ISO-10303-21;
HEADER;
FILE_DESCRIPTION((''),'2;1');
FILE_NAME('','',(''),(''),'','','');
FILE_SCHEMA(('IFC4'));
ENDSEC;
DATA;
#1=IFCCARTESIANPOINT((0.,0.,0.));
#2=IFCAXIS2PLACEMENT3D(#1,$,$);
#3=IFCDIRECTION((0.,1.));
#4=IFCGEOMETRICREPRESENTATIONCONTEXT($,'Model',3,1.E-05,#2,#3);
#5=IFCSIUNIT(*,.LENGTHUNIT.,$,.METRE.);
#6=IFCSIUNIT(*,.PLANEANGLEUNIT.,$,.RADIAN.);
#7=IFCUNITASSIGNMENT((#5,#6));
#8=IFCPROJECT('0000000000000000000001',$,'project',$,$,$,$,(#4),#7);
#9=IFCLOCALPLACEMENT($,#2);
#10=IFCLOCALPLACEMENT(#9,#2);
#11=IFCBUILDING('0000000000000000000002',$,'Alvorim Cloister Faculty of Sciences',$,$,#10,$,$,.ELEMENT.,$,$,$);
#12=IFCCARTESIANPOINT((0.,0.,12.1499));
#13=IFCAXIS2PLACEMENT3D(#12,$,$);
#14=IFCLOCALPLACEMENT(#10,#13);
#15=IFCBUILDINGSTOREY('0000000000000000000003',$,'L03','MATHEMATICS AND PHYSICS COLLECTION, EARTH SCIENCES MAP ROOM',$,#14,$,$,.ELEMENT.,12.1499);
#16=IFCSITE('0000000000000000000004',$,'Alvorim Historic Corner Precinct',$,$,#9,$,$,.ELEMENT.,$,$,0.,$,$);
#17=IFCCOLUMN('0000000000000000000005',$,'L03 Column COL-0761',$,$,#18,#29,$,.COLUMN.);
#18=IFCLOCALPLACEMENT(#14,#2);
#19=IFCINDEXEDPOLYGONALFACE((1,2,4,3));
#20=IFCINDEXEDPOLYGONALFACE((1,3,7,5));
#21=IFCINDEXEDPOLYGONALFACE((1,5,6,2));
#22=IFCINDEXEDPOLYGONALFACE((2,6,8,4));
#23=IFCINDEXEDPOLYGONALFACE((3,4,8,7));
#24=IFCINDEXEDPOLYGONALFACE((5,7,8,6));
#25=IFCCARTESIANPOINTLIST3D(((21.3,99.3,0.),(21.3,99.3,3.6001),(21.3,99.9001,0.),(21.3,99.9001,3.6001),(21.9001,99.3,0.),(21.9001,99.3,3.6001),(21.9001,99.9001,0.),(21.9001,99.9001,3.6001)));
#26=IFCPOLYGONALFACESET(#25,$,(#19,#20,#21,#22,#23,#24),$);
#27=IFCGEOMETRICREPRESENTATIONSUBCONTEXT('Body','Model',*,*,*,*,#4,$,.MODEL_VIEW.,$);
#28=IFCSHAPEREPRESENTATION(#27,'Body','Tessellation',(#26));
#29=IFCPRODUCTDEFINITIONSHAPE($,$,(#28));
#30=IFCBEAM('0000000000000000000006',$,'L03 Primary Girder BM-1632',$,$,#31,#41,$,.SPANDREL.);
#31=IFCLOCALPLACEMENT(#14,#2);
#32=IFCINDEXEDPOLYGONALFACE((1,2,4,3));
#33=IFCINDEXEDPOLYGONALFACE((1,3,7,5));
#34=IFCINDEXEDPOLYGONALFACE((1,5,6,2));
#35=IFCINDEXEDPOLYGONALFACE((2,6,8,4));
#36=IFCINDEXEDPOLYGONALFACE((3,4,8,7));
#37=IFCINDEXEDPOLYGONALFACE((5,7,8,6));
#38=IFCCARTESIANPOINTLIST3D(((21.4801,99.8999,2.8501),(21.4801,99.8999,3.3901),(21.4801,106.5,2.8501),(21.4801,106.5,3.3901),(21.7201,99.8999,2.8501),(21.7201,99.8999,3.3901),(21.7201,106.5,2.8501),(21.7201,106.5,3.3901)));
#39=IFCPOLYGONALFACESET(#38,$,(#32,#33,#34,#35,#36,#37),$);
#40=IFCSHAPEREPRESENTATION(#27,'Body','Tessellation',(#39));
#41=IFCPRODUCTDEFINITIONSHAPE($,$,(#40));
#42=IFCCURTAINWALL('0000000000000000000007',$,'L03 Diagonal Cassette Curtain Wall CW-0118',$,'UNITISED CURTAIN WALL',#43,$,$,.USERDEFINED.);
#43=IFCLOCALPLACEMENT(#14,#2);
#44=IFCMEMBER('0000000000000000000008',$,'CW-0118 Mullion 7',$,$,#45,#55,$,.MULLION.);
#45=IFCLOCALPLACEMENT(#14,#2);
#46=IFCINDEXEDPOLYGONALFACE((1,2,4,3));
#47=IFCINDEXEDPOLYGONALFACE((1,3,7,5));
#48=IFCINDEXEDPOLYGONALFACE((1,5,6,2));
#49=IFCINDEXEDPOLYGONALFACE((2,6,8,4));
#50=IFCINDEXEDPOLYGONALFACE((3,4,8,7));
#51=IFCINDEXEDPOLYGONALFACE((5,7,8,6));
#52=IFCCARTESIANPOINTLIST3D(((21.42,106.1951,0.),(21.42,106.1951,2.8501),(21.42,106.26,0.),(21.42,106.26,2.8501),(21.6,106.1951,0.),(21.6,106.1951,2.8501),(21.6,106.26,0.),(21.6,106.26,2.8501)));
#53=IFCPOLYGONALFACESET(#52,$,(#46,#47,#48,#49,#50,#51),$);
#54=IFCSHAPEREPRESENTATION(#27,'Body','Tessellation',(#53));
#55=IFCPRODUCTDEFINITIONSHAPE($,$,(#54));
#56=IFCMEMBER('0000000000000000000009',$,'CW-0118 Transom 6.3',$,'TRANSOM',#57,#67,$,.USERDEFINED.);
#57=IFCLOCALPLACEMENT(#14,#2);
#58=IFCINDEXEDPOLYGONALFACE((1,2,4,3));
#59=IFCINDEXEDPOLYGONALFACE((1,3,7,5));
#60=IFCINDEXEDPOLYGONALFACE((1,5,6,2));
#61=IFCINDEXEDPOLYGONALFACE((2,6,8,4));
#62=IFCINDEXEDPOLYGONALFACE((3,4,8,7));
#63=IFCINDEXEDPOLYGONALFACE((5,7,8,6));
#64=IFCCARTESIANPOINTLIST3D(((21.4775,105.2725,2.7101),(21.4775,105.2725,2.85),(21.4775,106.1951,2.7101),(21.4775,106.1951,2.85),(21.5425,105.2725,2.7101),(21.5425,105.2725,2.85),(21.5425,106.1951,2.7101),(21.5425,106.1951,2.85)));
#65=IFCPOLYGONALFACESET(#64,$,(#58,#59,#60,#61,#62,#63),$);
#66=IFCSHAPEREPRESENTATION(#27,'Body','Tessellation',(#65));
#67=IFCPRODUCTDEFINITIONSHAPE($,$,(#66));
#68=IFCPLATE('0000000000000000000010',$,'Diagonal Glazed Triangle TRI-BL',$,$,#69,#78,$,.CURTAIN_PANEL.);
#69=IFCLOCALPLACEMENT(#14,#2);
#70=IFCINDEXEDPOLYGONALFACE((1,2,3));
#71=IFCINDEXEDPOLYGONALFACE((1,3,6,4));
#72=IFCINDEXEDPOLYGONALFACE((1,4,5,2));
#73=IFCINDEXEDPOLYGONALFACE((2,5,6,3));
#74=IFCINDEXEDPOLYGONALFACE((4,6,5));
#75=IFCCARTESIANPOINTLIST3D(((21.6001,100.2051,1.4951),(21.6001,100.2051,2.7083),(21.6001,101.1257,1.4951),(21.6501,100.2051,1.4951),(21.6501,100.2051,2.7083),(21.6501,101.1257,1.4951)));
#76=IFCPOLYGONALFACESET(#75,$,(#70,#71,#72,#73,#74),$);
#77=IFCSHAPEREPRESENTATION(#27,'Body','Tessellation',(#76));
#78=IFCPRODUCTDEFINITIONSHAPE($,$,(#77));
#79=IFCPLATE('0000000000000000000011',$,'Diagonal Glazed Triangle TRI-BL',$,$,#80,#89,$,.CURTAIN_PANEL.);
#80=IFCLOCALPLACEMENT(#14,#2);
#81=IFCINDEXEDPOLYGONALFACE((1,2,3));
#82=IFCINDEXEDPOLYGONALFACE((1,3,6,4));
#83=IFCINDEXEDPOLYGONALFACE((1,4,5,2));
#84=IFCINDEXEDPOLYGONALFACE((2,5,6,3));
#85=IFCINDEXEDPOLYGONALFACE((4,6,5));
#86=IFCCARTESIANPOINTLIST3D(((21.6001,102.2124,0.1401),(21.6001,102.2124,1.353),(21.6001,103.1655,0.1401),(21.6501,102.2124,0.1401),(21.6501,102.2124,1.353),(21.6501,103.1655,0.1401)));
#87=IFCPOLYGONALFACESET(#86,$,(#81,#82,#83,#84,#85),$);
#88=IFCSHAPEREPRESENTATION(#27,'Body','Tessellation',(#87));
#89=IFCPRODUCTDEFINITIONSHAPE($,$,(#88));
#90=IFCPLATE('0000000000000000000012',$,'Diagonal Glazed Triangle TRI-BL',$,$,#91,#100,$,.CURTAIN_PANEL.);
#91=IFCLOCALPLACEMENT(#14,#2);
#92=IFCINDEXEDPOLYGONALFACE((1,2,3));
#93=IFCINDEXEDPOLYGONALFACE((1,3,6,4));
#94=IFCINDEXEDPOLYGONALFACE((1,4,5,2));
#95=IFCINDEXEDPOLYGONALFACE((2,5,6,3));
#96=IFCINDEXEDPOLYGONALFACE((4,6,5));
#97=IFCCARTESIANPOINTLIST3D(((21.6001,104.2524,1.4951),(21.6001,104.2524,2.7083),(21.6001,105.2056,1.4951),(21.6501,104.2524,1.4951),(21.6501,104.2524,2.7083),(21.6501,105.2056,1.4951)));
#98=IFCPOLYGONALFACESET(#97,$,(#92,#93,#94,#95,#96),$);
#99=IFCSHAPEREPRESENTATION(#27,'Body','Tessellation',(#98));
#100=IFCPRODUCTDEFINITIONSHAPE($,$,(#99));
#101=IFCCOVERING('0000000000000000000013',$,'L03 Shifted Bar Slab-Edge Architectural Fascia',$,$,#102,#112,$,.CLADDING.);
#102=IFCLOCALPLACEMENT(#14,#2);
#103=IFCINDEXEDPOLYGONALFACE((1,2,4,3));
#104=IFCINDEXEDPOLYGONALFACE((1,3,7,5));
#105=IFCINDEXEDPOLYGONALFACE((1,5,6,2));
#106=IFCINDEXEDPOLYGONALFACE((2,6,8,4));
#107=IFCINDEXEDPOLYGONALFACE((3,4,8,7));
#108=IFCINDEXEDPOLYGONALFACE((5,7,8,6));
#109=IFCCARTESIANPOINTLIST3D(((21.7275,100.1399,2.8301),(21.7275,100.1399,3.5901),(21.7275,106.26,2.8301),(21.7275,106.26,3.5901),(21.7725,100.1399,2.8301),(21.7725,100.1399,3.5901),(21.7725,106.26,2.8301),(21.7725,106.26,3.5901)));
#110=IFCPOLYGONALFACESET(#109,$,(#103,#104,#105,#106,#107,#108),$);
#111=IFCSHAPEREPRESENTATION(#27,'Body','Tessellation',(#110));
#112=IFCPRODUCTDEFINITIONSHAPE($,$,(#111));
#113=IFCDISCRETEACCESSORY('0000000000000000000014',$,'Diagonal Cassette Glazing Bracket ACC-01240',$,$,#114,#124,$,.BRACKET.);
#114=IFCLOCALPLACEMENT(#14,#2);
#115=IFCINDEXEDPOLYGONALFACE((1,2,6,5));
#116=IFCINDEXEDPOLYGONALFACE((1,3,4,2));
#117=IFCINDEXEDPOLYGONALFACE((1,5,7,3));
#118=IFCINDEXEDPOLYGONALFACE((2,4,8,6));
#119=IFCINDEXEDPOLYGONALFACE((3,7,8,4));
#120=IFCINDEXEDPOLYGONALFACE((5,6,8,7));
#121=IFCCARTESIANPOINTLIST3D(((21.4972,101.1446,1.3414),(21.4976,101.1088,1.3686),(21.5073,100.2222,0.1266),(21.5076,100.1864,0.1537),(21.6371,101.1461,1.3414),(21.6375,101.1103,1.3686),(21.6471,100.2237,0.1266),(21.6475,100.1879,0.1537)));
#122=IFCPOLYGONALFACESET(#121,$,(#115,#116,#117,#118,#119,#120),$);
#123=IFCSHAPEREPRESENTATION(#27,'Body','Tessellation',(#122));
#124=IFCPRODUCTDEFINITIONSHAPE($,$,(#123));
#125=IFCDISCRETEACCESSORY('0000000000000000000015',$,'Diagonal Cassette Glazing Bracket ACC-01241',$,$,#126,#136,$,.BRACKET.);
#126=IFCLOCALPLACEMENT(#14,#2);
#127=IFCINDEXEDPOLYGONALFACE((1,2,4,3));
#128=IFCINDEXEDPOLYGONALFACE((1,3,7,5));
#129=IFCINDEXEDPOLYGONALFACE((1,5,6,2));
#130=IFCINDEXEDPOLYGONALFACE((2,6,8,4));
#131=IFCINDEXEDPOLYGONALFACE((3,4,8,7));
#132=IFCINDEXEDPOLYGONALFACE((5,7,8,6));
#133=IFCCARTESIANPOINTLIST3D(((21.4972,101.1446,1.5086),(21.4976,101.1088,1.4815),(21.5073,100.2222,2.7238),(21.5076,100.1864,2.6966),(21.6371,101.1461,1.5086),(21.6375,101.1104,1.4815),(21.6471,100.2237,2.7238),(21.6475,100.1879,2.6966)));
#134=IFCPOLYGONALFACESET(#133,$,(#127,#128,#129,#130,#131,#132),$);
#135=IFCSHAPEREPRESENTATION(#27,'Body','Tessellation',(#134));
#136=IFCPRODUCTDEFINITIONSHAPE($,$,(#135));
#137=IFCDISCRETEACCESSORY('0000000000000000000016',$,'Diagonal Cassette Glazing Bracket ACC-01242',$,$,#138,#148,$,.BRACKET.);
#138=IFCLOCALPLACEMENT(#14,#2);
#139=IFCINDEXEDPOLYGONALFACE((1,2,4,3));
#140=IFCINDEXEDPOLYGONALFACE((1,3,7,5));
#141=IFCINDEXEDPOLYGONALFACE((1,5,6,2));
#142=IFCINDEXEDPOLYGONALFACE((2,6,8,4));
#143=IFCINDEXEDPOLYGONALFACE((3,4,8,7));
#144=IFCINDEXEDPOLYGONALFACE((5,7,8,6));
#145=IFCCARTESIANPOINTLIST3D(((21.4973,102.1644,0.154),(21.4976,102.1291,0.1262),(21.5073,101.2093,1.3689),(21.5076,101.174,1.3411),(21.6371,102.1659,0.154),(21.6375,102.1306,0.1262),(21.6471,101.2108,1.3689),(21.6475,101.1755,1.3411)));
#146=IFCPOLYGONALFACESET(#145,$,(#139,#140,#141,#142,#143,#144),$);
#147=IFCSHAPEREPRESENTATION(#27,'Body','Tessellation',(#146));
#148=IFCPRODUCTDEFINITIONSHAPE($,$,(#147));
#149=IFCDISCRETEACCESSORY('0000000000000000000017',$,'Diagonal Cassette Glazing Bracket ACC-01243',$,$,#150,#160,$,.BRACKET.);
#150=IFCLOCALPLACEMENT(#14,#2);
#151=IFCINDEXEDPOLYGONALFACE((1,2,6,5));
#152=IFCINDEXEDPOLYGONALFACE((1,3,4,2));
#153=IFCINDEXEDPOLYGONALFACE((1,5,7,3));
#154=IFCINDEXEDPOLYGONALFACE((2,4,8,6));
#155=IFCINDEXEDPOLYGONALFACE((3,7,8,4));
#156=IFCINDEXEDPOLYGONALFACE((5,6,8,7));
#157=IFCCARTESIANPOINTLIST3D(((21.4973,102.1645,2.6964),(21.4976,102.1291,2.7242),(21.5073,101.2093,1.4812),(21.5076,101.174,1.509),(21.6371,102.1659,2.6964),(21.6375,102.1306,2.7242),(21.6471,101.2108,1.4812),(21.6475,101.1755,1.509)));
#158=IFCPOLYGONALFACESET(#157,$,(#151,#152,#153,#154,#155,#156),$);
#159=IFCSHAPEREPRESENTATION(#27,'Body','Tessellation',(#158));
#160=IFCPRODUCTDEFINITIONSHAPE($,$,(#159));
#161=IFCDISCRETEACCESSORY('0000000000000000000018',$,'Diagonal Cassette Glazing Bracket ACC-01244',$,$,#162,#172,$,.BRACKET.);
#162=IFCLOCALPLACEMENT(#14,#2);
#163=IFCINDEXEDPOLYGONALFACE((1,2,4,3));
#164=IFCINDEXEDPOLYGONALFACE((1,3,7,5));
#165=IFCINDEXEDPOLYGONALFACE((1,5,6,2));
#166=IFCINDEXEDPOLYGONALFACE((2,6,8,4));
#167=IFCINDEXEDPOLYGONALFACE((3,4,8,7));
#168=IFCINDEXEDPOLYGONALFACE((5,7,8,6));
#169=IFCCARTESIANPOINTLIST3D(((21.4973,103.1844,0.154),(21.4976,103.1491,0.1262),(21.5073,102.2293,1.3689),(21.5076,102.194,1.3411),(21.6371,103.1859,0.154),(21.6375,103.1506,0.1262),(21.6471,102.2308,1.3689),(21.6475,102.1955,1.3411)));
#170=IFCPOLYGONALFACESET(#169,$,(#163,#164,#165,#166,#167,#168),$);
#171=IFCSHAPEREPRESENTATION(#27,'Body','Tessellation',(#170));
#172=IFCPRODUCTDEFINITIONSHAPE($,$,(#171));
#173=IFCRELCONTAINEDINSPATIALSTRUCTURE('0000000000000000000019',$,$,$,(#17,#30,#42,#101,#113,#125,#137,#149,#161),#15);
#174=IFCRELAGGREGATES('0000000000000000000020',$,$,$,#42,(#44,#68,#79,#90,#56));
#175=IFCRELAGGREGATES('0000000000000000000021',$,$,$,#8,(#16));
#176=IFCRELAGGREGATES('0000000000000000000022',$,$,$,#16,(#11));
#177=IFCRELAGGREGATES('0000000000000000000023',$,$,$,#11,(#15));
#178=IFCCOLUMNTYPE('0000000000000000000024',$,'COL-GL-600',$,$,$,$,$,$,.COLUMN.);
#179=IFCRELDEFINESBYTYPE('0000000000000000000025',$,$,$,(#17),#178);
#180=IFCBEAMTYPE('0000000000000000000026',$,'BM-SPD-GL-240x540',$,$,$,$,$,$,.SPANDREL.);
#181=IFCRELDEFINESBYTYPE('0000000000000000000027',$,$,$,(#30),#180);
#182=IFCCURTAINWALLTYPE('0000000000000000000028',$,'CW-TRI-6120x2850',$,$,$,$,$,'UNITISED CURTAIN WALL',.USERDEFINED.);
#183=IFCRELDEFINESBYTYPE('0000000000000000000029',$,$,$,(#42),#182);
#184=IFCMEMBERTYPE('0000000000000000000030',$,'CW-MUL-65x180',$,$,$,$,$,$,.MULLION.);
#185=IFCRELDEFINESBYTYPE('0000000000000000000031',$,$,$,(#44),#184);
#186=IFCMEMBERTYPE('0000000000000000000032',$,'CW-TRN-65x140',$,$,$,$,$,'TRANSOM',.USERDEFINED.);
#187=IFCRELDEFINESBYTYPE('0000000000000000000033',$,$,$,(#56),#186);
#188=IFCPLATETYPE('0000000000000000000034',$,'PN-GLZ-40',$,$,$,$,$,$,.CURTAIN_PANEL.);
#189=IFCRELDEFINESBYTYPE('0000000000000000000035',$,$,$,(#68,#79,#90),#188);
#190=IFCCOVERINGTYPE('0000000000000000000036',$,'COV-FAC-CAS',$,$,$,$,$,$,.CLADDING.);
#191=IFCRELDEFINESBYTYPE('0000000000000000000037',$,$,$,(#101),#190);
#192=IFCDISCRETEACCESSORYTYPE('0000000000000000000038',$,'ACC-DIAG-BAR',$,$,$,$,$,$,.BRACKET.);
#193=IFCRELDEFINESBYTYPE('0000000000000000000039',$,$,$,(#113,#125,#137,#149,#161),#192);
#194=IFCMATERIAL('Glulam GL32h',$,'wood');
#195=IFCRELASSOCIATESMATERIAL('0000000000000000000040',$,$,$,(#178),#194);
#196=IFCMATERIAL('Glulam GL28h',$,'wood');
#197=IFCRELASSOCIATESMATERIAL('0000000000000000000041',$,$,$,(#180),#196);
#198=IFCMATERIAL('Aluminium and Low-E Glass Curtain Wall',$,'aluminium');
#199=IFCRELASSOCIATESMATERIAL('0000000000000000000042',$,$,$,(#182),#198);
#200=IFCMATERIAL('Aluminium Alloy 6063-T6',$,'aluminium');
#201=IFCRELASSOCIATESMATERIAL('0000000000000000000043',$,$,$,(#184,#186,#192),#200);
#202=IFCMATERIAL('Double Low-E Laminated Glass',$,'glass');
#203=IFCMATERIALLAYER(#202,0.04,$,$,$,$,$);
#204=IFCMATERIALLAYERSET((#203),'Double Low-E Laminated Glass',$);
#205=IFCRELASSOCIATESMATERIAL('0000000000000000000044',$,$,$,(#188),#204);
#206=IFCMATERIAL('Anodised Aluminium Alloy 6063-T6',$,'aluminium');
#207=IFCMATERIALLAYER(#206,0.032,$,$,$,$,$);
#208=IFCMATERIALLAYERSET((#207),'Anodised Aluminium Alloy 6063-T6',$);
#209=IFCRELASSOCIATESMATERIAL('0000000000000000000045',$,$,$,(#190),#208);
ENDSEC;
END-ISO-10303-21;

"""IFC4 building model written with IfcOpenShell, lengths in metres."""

from ifc_helpers import new_model, si_unit, direction, frame, origin, origin_2d, place, context, subcontext, project, spatial, polyline, rectangle, outline, extrude, material, layer, layer_set, material_profile, profile_set, type_object, element, aggregate, save


model = new_model("IFC4")

# Units and contexts
model_context = context("Model", 3, precision=1e-05, world=origin(), true_north=direction((0.0, 1.0)))
body_context = subcontext(model_context, "Body", "Model", "MODEL_VIEW")
ifc_project = project(units=[si_unit("LENGTHUNIT", "METRE"), si_unit("PLANEANGLEUNIT", "RADIAN")], contexts=[model_context])

# Site, building, storey
site_placement = place(None, origin())
site = spatial("IfcSite", under=ifc_project, at=site_placement, Name="Alvorim Historic Corner Precinct", CompositionType="ELEMENT", RefElevation=0.0)
building_placement = place(site_placement, origin())
building = spatial("IfcBuilding", under=site, at=building_placement, Name="Alvorim Cloister Faculty of Sciences", CompositionType="ELEMENT")
storey_placement = place(building_placement, frame((0.0, 0.0, 12.1499)))
storey = spatial("IfcBuildingStorey", under=building, at=storey_placement, Name="L03", Description="MATHEMATICS AND PHYSICS COLLECTION, EARTH SCIENCES MAP ROOM", CompositionType="ELEMENT", Elevation=12.1499)

# Column
ifc_material_1 = material(Name="Glulam GL32h", Category="wood")
ifc_material_profile_1 = material_profile(ifc_material_1, rectangle(XDim=0.6001, YDim=0.6001, at=origin_2d()), Name="GL32-COL-600x600")
ifc_profile_set_1 = profile_set([ifc_material_profile_1], Name="Glulam GL32h")
column_type = type_object("IfcColumnType", Name="COL-GL-600", PredefinedType="COLUMN", material=ifc_profile_set_1)
column_placement = place(storey_placement, frame((21.6001, 99.6001, 0.0), z_axis=(0.0, 0.0, 1.0), x_axis=(1.0, 0.0, 0.0)))
element("IfcColumn", 1, at=column_placement, inside=storey, type_object=column_type, Name="L03 Column COL-0761", PredefinedType="COLUMN", context=body_context, shape_type="SweptSolid", body=[
    extrude(rectangle(XDim=0.6001, YDim=0.6001, at=origin_2d()), origin(), (0.0, 0.0, 1.0), 3.6001),
])

# Beam
ifc_material_2 = material(Name="Glulam GL28h", Category="wood")
ifc_material_profile_2 = material_profile(ifc_material_2, rectangle(XDim=0.24, YDim=0.54, at=origin_2d()), Name="GL28-SPD-240x540")
ifc_profile_set_2 = profile_set([ifc_material_profile_2], Name="Glulam GL28h")
beam_type = type_object("IfcBeamType", Name="BM-SPD-GL-240x540", PredefinedType="SPANDREL", material=ifc_profile_set_2)
beam_placement = place(storey_placement, frame((21.6001, 99.8999, 3.1201), z_axis=(0.0, 1.0, 0.0), x_axis=(-1.0, 0.0, 0.0)))
element("IfcBeam", 2, at=beam_placement, inside=storey, type_object=beam_type, Name="L03 Primary Girder BM-1632", PredefinedType="SPANDREL", context=body_context, shape_type="SweptSolid", body=[
    extrude(rectangle(XDim=0.24, YDim=0.54, at=origin_2d()), origin(), (0.0, 0.0, 1.0), 6.6001),
])

# Curtain wall, members, plates
ifc_material_3 = material(Name="Aluminium and Low-E Glass Curtain Wall", Category="aluminium")
curtain_wall_type = type_object("IfcCurtainWallType", Name="CW-TRI-6120x2850", ElementType="UNITISED CURTAIN WALL", PredefinedType="USERDEFINED", material=ifc_material_3)
curtain_wall_placement = place(storey_placement, origin())
curtain_wall = element("IfcCurtainWall", 3, at=curtain_wall_placement, inside=storey, type_object=curtain_wall_type, Name="L03 Diagonal Cassette Curtain Wall CW-0118", ObjectType="UNITISED CURTAIN WALL", PredefinedType="USERDEFINED")
ifc_material_4 = material(Name="Aluminium Alloy 6063-T6", Category="aluminium")
ifc_material_profile_3 = material_profile(ifc_material_4, rectangle(XDim=0.0649, YDim=0.1799, at=origin_2d()), Name="ALU-MUL-65x180")
ifc_profile_set_3 = profile_set([ifc_material_profile_3], Name="Aluminium Alloy 6063-T6")
member_type_1 = type_object("IfcMemberType", Name="CW-MUL-65x180", PredefinedType="MULLION", material=ifc_profile_set_3)
member_1_placement = place(storey_placement, frame((21.51, 106.2275, 0.0), z_axis=(0.0, 0.0, 1.0), x_axis=(0.0, 1.0, 0.0)))
member_1 = element("IfcMember", 4, at=member_1_placement, type_object=member_type_1, Name="CW-0118 Mullion 7", PredefinedType="MULLION", context=body_context, shape_type="SweptSolid", body=[
    extrude(rectangle(XDim=0.0649, YDim=0.1799, at=origin_2d()), origin(), (0.0, 0.0, 1.0), 2.8501),
])
ifc_material_profile_4 = material_profile(ifc_material_4, rectangle(XDim=0.0649, YDim=0.1399, at=origin_2d()), Name="ALU-TRN-65x140")
ifc_profile_set_4 = profile_set([ifc_material_profile_4], Name="Aluminium Alloy 6063-T6")
member_type_2 = type_object("IfcMemberType", Name="CW-TRN-65x140", ElementType="TRANSOM", PredefinedType="USERDEFINED", material=ifc_profile_set_4)
member_2_placement = place(storey_placement, frame((21.51, 105.2725, 2.78), z_axis=(0.0, 1.0, 0.0), x_axis=(-1.0, 0.0, 0.0)))
member_2 = element("IfcMember", 5, at=member_2_placement, type_object=member_type_2, Name="CW-0118 Transom 6.3", ObjectType="TRANSOM", PredefinedType="USERDEFINED", context=body_context, shape_type="SweptSolid", body=[
    extrude(rectangle(XDim=0.0649, YDim=0.1399, at=origin_2d()), origin(), (0.0, 0.0, 1.0), 0.9226),
])
ifc_material_5 = material(Name="Double Low-E Laminated Glass", Category="glass")
ifc_layer_1 = layer(ifc_material_5, 0.04)
ifc_layer_set_1 = layer_set([ifc_layer_1], Name="Double Low-E Laminated Glass")
plate_type = type_object("IfcPlateType", Name="PN-GLZ-40", PredefinedType="CURTAIN_PANEL", material=ifc_layer_set_1)
plate_1_placement = place(storey_placement, frame((21.625, 100.2051, 1.4951), z_axis=(0.0, 0.0, 1.0), x_axis=(0.0, 1.0, 0.0)))
plate_1 = element("IfcPlate", 6, at=plate_1_placement, type_object=plate_type, Name="Diagonal Glazed Triangle TRI-BL", PredefinedType="CURTAIN_PANEL", context=body_context, shape_type="SweptSolid", body=[
    extrude(outline(polyline([(0.0, 0.0), (0.9207, 0.0), (0.0, 1.2131), (0.0, 0.0)])), frame((0.0, 0.0249, 0.0), z_axis=(0.0, -1.0, 0.0), x_axis=(1.0, 0.0, 0.0)), (0.0, 0.0, 1.0), 0.05),
])
plate_2_placement = place(storey_placement, frame((21.625, 102.2124, 0.1401), z_axis=(0.0, 0.0, 1.0), x_axis=(0.0, 1.0, 0.0)))
plate_2 = element("IfcPlate", 7, at=plate_2_placement, type_object=plate_type, Name="Diagonal Glazed Triangle TRI-BL", PredefinedType="CURTAIN_PANEL", context=body_context, shape_type="SweptSolid", body=[
    extrude(outline(polyline([(0.0, 0.0), (0.9531, 0.0), (0.0, 1.2129), (0.0, 0.0)])), frame((0.0, 0.0249, 0.0), z_axis=(0.0, -1.0, 0.0), x_axis=(1.0, 0.0, 0.0)), (0.0, 0.0, 1.0), 0.05),
])
plate_3_placement = place(storey_placement, frame((21.625, 104.2524, 1.4951), z_axis=(0.0, 0.0, 1.0), x_axis=(0.0, 1.0, 0.0)))
plate_3 = element("IfcPlate", 8, at=plate_3_placement, type_object=plate_type, Name="Diagonal Glazed Triangle TRI-BL", PredefinedType="CURTAIN_PANEL", context=body_context, shape_type="SweptSolid", body=[
    extrude(outline(polyline([(0.0, 0.0), (0.9531, 0.0), (0.0, 1.2131), (0.0, 0.0)])), frame((0.0, 0.0249, 0.0), z_axis=(0.0, -1.0, 0.0), x_axis=(1.0, 0.0, 0.0)), (0.0, 0.0, 1.0), 0.05),
])
aggregate(curtain_wall, [member_1, plate_1, plate_2, plate_3, member_2])

# Covering
ifc_material_6 = material(Name="Anodised Aluminium Alloy 6063-T6", Category="aluminium")
ifc_layer_2 = layer(ifc_material_6, 0.032)
ifc_layer_set_2 = layer_set([ifc_layer_2], Name="Anodised Aluminium Alloy 6063-T6")
covering_type = type_object("IfcCoveringType", Name="COV-FAC-CAS", PredefinedType="CLADDING", material=ifc_layer_set_2)
covering_placement = place(storey_placement, frame((21.75, 100.1399, 2.8301), z_axis=(0.0, 0.0, 1.0), x_axis=(0.0, 1.0, 0.0)))
element("IfcCovering", 9, at=covering_placement, inside=storey, type_object=covering_type, Name="L03 Shifted Bar Slab-Edge Architectural Fascia", PredefinedType="CLADDING", context=body_context, shape_type="SweptSolid", body=[
    extrude(outline(polyline([(0.0, 0.0), (6.1201, 0.0), (6.1201, 0.76), (0.0, 0.76), (0.0, 0.0)])), frame((0.0, 0.0225, 0.0), z_axis=(0.0, -1.0, 0.0), x_axis=(1.0, 0.0, 0.0)), (0.0, 0.0, 1.0), 0.0449),
])

# Discrete accessories
discrete_accessory_type = type_object("IfcDiscreteAccessoryType", Name="ACC-DIAG-BAR", PredefinedType="BRACKET", material=ifc_material_4)
discrete_accessory_1_placement = place(storey_placement, frame((21.5774, 100.2051, 0.1401), z_axis=(-0.006562, 0.604689, 0.796435), x_axis=(-0.999941, -0.010852, 0.0)))
element("IfcDiscreteAccessory", 10, at=discrete_accessory_1_placement, inside=storey, type_object=discrete_accessory_type, Name="Diagonal Cassette Glazing Bracket ACC-01240", PredefinedType="BRACKET", context=body_context, shape_type="SweptSolid", body=[
    extrude(rectangle(XDim=0.1399, YDim=0.0449, at=origin_2d()), origin(), (0.0, 0.0, 1.0), 1.5254),
])
discrete_accessory_2_placement = place(storey_placement, frame((21.5774, 100.2051, 2.7102), z_axis=(-0.006561, 0.604612, -0.796493), x_axis=(-0.999941, -0.010852, 0.0)))
element("IfcDiscreteAccessory", 11, at=discrete_accessory_2_placement, inside=storey, type_object=discrete_accessory_type, Name="Diagonal Cassette Glazing Bracket ACC-01241", PredefinedType="BRACKET", context=body_context, shape_type="SweptSolid", body=[
    extrude(rectangle(XDim=0.1399, YDim=0.0449, at=origin_2d()), origin(), (0.0, 0.0, 1.0), 1.5256),
])
discrete_accessory_3_placement = place(storey_placement, frame((21.5774, 101.1924, 1.355), z_axis=(-0.006477, 0.618032, -0.786126), x_axis=(-0.999945, -0.01048, 0.0)))
element("IfcDiscreteAccessory", 12, at=discrete_accessory_3_placement, inside=storey, type_object=discrete_accessory_type, Name="Diagonal Cassette Glazing Bracket ACC-01242", PredefinedType="BRACKET", context=body_context, shape_type="SweptSolid", body=[
    extrude(rectangle(XDim=0.1399, YDim=0.0449, at=origin_2d()), origin(), (0.0, 0.0, 1.0), 1.5454),
])
discrete_accessory_4_placement = place(storey_placement, frame((21.5774, 101.1924, 1.4951), z_axis=(-0.006477, 0.617955, 0.786187), x_axis=(-0.999945, -0.01048, 0.0)))
element("IfcDiscreteAccessory", 13, at=discrete_accessory_4_placement, inside=storey, type_object=discrete_accessory_type, Name="Diagonal Cassette Glazing Bracket ACC-01243", PredefinedType="BRACKET", context=body_context, shape_type="SweptSolid", body=[
    extrude(rectangle(XDim=0.1399, YDim=0.0449, at=origin_2d()), origin(), (0.0, 0.0, 1.0), 1.5457),
])
discrete_accessory_5_placement = place(storey_placement, frame((21.5774, 102.2124, 1.355), z_axis=(-0.006477, 0.618032, -0.786126), x_axis=(-0.999945, -0.01048, 0.0)))
element("IfcDiscreteAccessory", 14, at=discrete_accessory_5_placement, inside=storey, type_object=discrete_accessory_type, Name="Diagonal Cassette Glazing Bracket ACC-01244", PredefinedType="BRACKET", context=body_context, shape_type="SweptSolid", body=[
    extrude(rectangle(XDim=0.1399, YDim=0.0449, at=origin_2d()), origin(), (0.0, 0.0, 1.0), 1.5454),
])

save(model, "model.ifc")
